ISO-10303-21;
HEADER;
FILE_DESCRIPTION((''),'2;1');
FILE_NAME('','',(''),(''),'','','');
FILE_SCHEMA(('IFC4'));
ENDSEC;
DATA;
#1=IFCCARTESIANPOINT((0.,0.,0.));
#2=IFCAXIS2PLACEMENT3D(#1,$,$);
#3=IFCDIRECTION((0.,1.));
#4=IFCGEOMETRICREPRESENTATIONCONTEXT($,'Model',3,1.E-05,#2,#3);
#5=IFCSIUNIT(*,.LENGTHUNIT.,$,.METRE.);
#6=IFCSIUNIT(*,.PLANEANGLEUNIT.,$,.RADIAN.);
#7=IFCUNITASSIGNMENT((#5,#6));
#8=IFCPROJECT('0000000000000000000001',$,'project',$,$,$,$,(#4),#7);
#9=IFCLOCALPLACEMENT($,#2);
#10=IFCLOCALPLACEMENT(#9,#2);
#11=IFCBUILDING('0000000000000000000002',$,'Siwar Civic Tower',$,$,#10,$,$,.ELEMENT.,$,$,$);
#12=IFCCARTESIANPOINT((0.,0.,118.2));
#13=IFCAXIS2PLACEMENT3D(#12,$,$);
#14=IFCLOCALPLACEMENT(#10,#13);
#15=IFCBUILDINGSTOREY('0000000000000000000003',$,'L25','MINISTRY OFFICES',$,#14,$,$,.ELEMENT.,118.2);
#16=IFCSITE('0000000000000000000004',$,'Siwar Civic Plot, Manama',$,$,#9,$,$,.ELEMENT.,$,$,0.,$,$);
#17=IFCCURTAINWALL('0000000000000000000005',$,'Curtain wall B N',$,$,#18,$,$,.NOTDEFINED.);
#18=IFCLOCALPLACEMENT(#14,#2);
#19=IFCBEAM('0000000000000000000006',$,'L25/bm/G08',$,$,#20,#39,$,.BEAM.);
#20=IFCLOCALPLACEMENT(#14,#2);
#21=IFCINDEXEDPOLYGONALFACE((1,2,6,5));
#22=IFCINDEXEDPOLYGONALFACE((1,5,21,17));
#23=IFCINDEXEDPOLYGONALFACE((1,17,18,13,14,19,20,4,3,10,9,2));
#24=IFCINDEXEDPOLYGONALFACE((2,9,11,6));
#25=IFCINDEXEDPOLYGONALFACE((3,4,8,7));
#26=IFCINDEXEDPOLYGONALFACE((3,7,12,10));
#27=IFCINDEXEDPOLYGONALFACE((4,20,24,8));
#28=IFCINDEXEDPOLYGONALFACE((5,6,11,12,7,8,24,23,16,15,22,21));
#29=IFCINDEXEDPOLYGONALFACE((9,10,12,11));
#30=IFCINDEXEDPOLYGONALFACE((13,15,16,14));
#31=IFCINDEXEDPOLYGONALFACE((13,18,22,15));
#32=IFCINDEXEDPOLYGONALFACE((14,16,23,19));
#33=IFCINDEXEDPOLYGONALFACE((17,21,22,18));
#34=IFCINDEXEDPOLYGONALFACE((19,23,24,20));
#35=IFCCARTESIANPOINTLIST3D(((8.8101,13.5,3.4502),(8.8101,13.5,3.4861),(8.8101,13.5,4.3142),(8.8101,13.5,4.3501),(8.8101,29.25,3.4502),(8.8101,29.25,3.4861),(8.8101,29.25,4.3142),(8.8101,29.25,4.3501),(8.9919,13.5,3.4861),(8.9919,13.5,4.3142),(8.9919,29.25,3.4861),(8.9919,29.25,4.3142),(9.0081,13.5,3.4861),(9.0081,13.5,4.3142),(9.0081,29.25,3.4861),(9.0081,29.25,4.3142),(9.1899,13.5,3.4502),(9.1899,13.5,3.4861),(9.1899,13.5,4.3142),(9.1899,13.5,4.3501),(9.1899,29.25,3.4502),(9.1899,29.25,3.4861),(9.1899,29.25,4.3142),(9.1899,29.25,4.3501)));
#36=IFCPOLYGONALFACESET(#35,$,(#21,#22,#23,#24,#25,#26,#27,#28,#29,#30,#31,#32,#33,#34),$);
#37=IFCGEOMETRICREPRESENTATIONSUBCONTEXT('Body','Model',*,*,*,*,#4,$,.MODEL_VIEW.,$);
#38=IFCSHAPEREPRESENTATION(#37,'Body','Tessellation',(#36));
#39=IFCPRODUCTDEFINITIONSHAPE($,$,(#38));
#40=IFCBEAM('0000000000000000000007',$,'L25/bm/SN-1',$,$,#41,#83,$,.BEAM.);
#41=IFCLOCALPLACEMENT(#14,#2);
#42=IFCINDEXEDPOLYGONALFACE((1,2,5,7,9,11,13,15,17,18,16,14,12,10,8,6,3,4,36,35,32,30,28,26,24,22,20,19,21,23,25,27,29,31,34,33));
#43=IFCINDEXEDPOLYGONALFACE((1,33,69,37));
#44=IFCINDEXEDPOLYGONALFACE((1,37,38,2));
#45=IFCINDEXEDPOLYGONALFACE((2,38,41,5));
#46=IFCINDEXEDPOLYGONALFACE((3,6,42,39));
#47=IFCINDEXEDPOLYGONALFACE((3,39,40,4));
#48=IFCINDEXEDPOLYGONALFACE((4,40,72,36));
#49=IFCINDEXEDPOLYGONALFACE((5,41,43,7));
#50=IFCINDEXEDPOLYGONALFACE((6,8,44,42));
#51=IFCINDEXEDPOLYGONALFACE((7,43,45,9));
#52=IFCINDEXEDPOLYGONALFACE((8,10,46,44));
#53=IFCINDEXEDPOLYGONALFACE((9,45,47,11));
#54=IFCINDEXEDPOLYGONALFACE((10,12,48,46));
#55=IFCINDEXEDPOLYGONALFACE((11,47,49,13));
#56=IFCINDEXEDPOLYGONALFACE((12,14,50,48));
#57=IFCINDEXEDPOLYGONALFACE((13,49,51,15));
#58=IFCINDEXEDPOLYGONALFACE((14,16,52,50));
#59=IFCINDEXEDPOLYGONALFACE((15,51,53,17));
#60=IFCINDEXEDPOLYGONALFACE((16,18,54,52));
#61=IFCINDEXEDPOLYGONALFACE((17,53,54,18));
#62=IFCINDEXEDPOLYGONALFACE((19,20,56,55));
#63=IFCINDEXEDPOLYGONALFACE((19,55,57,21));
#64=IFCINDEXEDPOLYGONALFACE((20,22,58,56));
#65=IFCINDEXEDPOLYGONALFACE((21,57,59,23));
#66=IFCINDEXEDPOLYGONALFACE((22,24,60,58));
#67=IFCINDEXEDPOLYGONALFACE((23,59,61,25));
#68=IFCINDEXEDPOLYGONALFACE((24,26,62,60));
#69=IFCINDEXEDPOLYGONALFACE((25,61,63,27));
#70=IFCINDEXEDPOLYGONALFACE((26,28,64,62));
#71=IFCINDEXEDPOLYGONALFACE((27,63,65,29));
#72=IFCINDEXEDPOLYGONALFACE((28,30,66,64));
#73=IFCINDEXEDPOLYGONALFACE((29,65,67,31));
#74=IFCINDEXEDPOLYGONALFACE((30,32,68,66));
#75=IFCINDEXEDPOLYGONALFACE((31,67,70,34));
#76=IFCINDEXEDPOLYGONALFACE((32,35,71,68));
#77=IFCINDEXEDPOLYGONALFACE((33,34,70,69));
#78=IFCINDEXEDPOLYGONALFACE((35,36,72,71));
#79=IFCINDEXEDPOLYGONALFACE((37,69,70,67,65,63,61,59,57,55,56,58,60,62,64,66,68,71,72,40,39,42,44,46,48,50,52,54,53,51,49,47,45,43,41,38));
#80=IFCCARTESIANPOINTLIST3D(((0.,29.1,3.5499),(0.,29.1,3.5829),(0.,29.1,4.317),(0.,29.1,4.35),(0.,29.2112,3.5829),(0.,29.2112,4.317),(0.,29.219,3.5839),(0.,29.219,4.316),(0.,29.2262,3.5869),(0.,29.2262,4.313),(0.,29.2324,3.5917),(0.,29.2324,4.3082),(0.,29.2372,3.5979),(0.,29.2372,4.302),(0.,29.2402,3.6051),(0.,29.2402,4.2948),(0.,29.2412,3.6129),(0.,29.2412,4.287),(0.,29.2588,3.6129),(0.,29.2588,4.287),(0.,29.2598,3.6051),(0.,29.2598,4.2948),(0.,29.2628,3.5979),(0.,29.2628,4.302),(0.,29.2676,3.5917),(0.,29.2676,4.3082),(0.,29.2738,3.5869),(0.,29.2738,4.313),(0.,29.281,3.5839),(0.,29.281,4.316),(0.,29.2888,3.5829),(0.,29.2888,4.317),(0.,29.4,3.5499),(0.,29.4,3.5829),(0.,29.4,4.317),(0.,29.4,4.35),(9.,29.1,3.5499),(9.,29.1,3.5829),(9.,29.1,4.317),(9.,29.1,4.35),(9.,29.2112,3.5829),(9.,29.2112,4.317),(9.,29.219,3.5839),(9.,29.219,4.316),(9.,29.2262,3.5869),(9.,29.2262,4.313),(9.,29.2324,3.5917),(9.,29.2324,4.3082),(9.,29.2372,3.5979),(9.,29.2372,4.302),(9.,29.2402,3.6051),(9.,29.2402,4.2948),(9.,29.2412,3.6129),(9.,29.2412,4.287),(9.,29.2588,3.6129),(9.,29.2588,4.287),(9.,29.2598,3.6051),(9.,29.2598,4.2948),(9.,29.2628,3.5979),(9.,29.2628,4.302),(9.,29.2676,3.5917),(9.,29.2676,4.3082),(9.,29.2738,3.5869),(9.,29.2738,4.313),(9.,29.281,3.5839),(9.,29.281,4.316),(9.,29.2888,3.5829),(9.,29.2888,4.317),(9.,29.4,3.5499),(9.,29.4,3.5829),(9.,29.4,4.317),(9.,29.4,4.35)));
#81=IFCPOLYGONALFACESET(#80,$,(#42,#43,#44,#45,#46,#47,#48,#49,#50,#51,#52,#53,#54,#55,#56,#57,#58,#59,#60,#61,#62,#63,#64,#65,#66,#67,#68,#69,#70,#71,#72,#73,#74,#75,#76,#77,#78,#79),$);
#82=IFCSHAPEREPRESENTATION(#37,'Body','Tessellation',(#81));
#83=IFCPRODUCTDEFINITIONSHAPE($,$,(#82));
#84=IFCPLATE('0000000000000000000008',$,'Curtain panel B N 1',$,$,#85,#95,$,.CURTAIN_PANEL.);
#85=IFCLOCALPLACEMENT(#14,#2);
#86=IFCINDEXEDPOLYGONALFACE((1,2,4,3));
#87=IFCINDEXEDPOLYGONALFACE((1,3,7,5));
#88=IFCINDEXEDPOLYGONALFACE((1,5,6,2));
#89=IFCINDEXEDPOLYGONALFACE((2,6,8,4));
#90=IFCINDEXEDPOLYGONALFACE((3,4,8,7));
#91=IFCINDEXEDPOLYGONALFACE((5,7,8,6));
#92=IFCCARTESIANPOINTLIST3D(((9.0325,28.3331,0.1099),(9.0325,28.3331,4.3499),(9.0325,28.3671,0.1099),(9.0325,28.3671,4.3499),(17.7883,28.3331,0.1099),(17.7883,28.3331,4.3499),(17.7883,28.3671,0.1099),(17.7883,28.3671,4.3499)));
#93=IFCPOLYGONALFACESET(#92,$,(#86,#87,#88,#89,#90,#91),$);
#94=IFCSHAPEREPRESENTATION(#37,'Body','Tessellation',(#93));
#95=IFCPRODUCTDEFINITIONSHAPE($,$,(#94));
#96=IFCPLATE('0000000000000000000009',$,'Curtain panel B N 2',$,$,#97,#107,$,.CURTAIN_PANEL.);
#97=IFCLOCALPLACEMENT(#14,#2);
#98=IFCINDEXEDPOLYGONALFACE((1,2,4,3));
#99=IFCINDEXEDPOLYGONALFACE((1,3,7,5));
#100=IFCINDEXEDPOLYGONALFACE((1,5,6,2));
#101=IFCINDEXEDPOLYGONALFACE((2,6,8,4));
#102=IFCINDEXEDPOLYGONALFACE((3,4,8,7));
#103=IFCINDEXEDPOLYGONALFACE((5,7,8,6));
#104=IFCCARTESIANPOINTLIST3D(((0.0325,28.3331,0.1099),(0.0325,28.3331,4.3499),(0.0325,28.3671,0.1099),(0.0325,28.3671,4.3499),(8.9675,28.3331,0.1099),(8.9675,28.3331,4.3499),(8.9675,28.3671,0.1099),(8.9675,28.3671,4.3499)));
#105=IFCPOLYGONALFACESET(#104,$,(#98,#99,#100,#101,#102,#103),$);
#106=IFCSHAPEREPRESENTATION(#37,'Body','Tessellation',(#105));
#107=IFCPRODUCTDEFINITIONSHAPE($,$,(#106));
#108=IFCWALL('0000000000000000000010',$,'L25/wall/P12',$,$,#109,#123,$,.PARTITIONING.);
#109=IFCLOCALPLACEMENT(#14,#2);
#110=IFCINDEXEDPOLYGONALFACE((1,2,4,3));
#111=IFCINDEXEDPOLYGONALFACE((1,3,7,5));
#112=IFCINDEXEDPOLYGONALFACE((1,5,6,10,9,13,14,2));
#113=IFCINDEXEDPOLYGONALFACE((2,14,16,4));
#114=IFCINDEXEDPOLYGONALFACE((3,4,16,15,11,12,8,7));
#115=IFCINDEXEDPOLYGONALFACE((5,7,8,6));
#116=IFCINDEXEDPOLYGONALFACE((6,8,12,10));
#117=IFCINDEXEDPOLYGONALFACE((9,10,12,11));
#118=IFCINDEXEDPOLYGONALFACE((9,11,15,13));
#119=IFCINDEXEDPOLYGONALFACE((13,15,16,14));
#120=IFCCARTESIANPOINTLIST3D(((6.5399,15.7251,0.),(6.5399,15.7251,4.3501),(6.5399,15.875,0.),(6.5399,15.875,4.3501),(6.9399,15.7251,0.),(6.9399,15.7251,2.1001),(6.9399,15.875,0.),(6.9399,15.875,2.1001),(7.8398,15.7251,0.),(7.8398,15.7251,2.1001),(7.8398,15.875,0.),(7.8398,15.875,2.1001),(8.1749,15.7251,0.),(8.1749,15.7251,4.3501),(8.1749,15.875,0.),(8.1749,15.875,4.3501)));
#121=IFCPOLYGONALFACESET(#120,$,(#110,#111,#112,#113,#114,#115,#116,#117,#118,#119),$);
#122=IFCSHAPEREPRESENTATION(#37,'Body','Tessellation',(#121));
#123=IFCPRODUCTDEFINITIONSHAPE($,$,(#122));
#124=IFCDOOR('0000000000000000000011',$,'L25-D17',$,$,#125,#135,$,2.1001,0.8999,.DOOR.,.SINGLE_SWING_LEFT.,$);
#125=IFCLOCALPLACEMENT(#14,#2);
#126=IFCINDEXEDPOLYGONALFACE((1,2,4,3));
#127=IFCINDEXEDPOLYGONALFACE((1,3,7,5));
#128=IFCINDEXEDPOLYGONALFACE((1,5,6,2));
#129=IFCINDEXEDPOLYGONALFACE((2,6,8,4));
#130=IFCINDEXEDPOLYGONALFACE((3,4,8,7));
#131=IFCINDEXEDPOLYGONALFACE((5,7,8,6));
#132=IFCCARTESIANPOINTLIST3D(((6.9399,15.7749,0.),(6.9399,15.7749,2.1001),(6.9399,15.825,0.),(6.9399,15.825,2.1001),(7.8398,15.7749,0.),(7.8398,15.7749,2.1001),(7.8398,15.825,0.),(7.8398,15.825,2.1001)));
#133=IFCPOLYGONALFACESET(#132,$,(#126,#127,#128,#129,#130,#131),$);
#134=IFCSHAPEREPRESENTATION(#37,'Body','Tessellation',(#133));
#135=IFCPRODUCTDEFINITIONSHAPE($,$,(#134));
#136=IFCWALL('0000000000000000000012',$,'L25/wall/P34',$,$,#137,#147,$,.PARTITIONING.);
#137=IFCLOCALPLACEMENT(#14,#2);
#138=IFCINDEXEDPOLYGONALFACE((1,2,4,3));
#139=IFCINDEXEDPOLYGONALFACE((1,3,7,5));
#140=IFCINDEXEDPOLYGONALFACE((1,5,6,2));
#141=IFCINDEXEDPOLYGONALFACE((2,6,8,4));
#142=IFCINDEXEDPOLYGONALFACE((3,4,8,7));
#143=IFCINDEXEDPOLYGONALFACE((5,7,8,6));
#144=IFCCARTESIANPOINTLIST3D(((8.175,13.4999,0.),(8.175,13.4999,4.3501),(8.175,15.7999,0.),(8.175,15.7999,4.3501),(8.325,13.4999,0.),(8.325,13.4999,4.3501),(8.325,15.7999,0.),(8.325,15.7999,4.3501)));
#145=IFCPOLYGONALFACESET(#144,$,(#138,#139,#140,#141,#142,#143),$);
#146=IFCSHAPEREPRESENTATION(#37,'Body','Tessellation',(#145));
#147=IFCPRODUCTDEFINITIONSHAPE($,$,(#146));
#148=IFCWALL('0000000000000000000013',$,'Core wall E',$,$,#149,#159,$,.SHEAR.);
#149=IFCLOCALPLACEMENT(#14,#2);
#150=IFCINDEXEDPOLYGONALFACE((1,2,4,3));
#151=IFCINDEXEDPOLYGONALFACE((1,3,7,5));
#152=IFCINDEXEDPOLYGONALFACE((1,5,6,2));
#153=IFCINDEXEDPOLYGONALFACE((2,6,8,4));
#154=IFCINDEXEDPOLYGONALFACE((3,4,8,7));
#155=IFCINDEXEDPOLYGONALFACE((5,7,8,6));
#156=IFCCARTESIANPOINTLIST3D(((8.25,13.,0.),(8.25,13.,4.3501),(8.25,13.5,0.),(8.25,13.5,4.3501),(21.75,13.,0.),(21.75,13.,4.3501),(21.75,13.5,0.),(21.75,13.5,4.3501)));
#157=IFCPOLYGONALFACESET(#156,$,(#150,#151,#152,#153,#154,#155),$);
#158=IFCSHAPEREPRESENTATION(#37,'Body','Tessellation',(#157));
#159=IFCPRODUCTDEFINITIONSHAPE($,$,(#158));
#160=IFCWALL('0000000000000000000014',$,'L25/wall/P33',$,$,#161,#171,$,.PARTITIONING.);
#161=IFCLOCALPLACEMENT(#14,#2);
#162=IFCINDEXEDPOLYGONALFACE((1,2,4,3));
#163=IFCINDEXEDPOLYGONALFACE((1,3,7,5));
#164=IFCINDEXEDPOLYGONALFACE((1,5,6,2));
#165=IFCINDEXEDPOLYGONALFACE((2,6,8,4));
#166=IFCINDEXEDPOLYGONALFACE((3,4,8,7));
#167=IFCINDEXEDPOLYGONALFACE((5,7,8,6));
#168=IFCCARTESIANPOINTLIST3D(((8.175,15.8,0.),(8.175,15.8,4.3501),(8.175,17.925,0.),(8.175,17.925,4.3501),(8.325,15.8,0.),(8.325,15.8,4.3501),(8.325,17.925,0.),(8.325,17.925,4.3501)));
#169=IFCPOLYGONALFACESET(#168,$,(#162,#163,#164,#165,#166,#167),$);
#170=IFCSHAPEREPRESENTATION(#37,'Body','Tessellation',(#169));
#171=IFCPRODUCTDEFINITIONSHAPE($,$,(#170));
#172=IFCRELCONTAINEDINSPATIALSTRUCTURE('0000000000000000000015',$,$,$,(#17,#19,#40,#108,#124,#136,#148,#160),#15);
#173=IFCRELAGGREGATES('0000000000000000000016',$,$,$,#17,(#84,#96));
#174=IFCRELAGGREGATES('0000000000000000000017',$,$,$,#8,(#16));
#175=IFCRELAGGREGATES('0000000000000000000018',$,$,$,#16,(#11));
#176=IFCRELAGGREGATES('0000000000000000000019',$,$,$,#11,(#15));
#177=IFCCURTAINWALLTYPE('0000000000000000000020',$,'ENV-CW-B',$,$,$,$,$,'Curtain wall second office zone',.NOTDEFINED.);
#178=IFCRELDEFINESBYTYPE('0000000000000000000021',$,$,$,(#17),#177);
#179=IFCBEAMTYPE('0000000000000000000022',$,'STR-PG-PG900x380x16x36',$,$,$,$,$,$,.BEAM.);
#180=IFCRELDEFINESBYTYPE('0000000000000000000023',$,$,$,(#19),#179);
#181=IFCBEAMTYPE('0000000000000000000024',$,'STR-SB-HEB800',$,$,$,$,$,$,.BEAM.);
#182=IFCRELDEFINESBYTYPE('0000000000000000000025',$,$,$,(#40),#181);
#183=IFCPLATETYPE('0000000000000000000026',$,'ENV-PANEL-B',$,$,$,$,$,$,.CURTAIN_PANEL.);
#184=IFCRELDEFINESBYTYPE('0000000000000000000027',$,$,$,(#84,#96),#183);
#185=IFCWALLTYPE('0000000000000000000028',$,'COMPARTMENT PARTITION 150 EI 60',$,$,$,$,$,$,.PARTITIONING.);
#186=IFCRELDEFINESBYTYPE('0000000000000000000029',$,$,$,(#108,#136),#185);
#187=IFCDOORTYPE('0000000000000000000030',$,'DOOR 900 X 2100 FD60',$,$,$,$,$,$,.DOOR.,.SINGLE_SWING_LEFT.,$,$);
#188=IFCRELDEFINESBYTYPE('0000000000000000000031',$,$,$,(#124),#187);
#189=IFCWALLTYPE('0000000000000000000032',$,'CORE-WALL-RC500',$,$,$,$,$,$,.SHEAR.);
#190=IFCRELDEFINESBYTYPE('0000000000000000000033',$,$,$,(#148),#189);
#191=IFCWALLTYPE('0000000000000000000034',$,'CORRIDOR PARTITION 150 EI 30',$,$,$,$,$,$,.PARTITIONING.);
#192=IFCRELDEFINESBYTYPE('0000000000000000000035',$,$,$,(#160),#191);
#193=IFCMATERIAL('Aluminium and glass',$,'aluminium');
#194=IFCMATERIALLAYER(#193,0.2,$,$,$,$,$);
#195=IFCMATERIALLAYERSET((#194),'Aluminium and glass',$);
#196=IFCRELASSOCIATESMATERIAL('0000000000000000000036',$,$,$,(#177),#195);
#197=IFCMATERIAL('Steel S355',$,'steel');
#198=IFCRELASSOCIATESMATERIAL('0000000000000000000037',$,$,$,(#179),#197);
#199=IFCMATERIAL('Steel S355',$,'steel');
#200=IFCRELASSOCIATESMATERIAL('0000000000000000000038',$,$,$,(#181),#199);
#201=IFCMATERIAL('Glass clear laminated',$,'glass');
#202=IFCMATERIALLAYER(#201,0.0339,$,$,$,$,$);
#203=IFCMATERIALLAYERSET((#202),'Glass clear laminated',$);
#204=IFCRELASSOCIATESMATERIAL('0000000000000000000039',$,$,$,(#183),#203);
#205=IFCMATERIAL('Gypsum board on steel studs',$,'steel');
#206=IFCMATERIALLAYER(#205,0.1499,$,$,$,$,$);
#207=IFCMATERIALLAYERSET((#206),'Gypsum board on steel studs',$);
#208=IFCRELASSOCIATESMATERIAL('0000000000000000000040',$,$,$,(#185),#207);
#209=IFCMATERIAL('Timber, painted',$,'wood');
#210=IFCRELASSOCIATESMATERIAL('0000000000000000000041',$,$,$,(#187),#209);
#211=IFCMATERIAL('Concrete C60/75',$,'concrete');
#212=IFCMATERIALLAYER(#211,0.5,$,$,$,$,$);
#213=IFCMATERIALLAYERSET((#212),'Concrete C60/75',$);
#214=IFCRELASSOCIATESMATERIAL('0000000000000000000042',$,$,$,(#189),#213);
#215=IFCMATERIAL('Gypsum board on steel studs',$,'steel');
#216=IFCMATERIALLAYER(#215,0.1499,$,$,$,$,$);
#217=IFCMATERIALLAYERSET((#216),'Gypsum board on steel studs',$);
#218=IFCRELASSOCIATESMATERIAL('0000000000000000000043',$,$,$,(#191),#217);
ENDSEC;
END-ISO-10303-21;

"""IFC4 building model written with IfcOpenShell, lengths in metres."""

from ifc_helpers import new_model, si_unit, direction, frame, frame_2d, origin, origin_2d, place, context, subcontext, project, spatial, rectangle, i_section, extrude, material, layer, layer_set, material_profile, profile_set, type_object, element, fill, aggregate, save


model = new_model("IFC4")

# Units and contexts
model_context = context("Model", 3, precision=1e-05, world=origin(), true_north=direction((0.0, 1.0)))
body_context = subcontext(model_context, "Body", "Model", "MODEL_VIEW")
ifc_project = project(units=[si_unit("LENGTHUNIT", "METRE"), si_unit("PLANEANGLEUNIT", "RADIAN")], contexts=[model_context])

# Site, building, storey
site_placement = place(None, origin())
site = spatial("IfcSite", under=ifc_project, at=site_placement, Name="Siwar Civic Plot, Manama", CompositionType="ELEMENT", RefElevation=0.0)
building_placement = place(site_placement, origin())
building = spatial("IfcBuilding", under=site, at=building_placement, Name="Siwar Civic Tower", CompositionType="ELEMENT")
storey_placement = place(building_placement, frame((0.0, 0.0, 118.2)))
storey = spatial("IfcBuildingStorey", under=building, at=storey_placement, Name="L25", Description="MINISTRY OFFICES", CompositionType="ELEMENT", Elevation=118.2)

# Curtain wall
ifc_material_1 = material(Name="Aluminium and glass", Category="aluminium")
ifc_layer_1 = layer(ifc_material_1, 0.2)
ifc_layer_set_1 = layer_set([ifc_layer_1], Name="Aluminium and glass")
curtain_wall_type = type_object("IfcCurtainWallType", Name="ENV-CW-B", ElementType="Curtain wall second office zone", PredefinedType="NOTDEFINED", material=ifc_layer_set_1)
curtain_wall_placement = place(storey_placement, origin())
curtain_wall = element("IfcCurtainWall", 1, at=curtain_wall_placement, inside=storey, type_object=curtain_wall_type, Name="Curtain wall B N", PredefinedType="NOTDEFINED")

# Beams
ifc_material_2 = material(Name="Steel S355", Category="steel")
ifc_material_profile_1 = material_profile(ifc_material_2, i_section(OverallWidth=0.3799, OverallDepth=0.8999, WebThickness=0.0161, FlangeThickness=0.0359, at=origin_2d()), Name="PG900x380x16x36")
ifc_profile_set_1 = profile_set([ifc_material_profile_1], Name="Steel S355")
beam_type_1 = type_object("IfcBeamType", Name="STR-PG-PG900x380x16x36", PredefinedType="BEAM", material=ifc_profile_set_1)
beam_1_placement = place(storey_placement, frame((9.0, 13.5, 3.9001), z_axis=(0.0, 1.0, 0.0), x_axis=(-1.0, 0.0, 0.0)))
element("IfcBeam", 2, at=beam_1_placement, inside=storey, type_object=beam_type_1, Name="L25/bm/G08", PredefinedType="BEAM", context=body_context, shape_type="SweptSolid", body=[
    extrude(i_section(OverallWidth=0.3799, OverallDepth=0.8999, WebThickness=0.0161, FlangeThickness=0.0359, at=origin_2d()), origin(), (0.0, 0.0, 1.0), 15.75),
])
ifc_material_3 = material(Name="Steel S355", Category="steel")
ifc_material_profile_2 = material_profile(ifc_material_3, i_section(OverallWidth=0.3, OverallDepth=0.8, WebThickness=0.0176, FlangeThickness=0.033, FilletRadius=0.03, at=origin_2d()), Name="HEB800")
ifc_profile_set_2 = profile_set([ifc_material_profile_2], Name="Steel S355")
beam_type_2 = type_object("IfcBeamType", Name="STR-SB-HEB800", PredefinedType="BEAM", material=ifc_profile_set_2)
beam_2_placement = place(storey_placement, frame((9.0, 29.25, 3.95), z_axis=(-1.0, 0.0, 0.0), x_axis=(0.0, -1.0, 0.0)))
element("IfcBeam", 3, at=beam_2_placement, inside=storey, type_object=beam_type_2, Name="L25/bm/SN-1", PredefinedType="BEAM", context=body_context, shape_type="SweptSolid", body=[
    extrude(i_section(OverallWidth=0.3, OverallDepth=0.8, WebThickness=0.0176, FlangeThickness=0.033, FilletRadius=0.03, at=origin_2d()), origin(), (0.0, 0.0, 1.0), 9.0),
])

# Plates
ifc_material_4 = material(Name="Glass clear laminated", Category="glass")
ifc_layer_2 = layer(ifc_material_4, 0.0339)
ifc_layer_set_2 = layer_set([ifc_layer_2], Name="Glass clear laminated")
plate_type = type_object("IfcPlateType", Name="ENV-PANEL-B", PredefinedType="CURTAIN_PANEL", material=ifc_layer_set_2)
plate_1_placement = place(storey_placement, frame((13.4104, 28.3501, 0.1099), z_axis=(0.0, 0.0, 1.0), x_axis=(-1.0, 0.0, 0.0)))
plate_1 = element("IfcPlate", 4, at=plate_1_placement, type_object=plate_type, Name="Curtain panel B N 1", PredefinedType="CURTAIN_PANEL", context=body_context, shape_type="SweptSolid", body=[
    extrude(rectangle(XDim=8.7559, YDim=0.0339, at=origin_2d()), origin(), (0.0, 0.0, 1.0), 4.24),
])
plate_2_placement = place(storey_placement, frame((4.5, 28.3501, 0.1099), z_axis=(0.0, 0.0, 1.0), x_axis=(-1.0, 0.0, 0.0)))
plate_2 = element("IfcPlate", 5, at=plate_2_placement, type_object=plate_type, Name="Curtain panel B N 2", PredefinedType="CURTAIN_PANEL", context=body_context, shape_type="SweptSolid", body=[
    extrude(rectangle(XDim=8.9351, YDim=0.0339, at=origin_2d()), origin(), (0.0, 0.0, 1.0), 4.24),
])
aggregate(curtain_wall, [plate_1, plate_2])

# Wall, opening, door
ifc_material_5 = material(Name="Gypsum board on steel studs", Category="steel")
ifc_layer_3 = layer(ifc_material_5, 0.1499)
ifc_layer_set_3 = layer_set([ifc_layer_3], Name="Gypsum board on steel studs")
wall_type_1 = type_object("IfcWallType", Name="COMPARTMENT PARTITION 150 EI 60", PredefinedType="PARTITIONING", material=ifc_layer_set_3)
wall_1_placement = place(storey_placement, frame((6.54, 15.8, 0.0), z_axis=(0.0, 0.0, 1.0), x_axis=(1.0, 0.0, 0.0)))
wall_1 = element("IfcWall", 6, at=wall_1_placement, inside=storey, type_object=wall_type_1, Name="L25/wall/P12", PredefinedType="PARTITIONING", context=body_context, shape_type="SweptSolid", body=[
    extrude(rectangle(XDim=1.635, YDim=0.1499, at=frame_2d((0.8174, 0.0))), origin(), (0.0, 0.0, 1.0), 4.3501),
])
opening_placement = place(wall_1_placement, frame((0.3999, 0.0, 0.0)))
opening = element("IfcOpeningElement", 7, at=opening_placement, cuts=wall_1, PredefinedType="OPENING", context=body_context, shape_type="SweptSolid", body=[
    extrude(rectangle(XDim=0.8999, YDim=2.1001, at=frame_2d((0.45, 1.05))), frame((0.0, 0.085, 0.0), z_axis=(0.0, -1.0, 0.0), x_axis=(1.0, 0.0, 0.0)), (0.0, 0.0, 1.0), 0.1699),
])
ifc_material_6 = material(Name="Timber, painted", Category="wood")
door_type = type_object("IfcDoorType", Name="DOOR 900 X 2100 FD60", OperationType="SINGLE_SWING_LEFT", PredefinedType="DOOR", material=ifc_material_6)
door_placement = place(opening_placement, origin())
door = element("IfcDoor", 8, at=door_placement, inside=storey, type_object=door_type, Name="L25-D17", OperationType="SINGLE_SWING_LEFT", OverallHeight=2.1001, OverallWidth=0.8999, PredefinedType="DOOR", context=body_context, shape_type="SweptSolid", body=[
    extrude(rectangle(XDim=0.8999, YDim=2.1001, at=frame_2d((0.45, 1.05))), frame((0.0, 0.0249, 0.0), z_axis=(0.0, -1.0, 0.0), x_axis=(1.0, 0.0, 0.0)), (0.0, 0.0, 1.0), 0.05),
])
fill(opening, door)

# Walls
wall_2_placement = place(storey_placement, frame((8.25, 13.5, 0.0), z_axis=(0.0, 0.0, 1.0), x_axis=(0.0, 1.0, 0.0)))
element("IfcWall", 9, at=wall_2_placement, inside=storey, type_object=wall_type_1, Name="L25/wall/P34", PredefinedType="PARTITIONING", context=body_context, shape_type="SweptSolid", body=[
    extrude(rectangle(XDim=2.3, YDim=0.1499, at=frame_2d((1.1499, 0.0))), origin(), (0.0, 0.0, 1.0), 4.3501),
])
ifc_material_7 = material(Name="Concrete C60/75", Category="concrete")
ifc_layer_4 = layer(ifc_material_7, 0.5)
ifc_layer_set_4 = layer_set([ifc_layer_4], Name="Concrete C60/75")
wall_type_2 = type_object("IfcWallType", Name="CORE-WALL-RC500", PredefinedType="SHEAR", material=ifc_layer_set_4)
wall_3_placement = place(storey_placement, frame((8.25, 13.25, 0.0), z_axis=(0.0, 0.0, 1.0), x_axis=(1.0, 0.0, 0.0)))
element("IfcWall", 10, at=wall_3_placement, inside=storey, type_object=wall_type_2, Name="Core wall E", PredefinedType="SHEAR", context=body_context, shape_type="SweptSolid", body=[
    extrude(rectangle(XDim=13.5, YDim=0.5, at=frame_2d((6.75, 0.0))), origin(), (0.0, 0.0, 1.0), 4.3501),
])
ifc_material_8 = material(Name="Gypsum board on steel studs", Category="steel")
ifc_layer_5 = layer(ifc_material_8, 0.1499)
ifc_layer_set_5 = layer_set([ifc_layer_5], Name="Gypsum board on steel studs")
wall_type_3 = type_object("IfcWallType", Name="CORRIDOR PARTITION 150 EI 30", PredefinedType="PARTITIONING", material=ifc_layer_set_5)
wall_4_placement = place(storey_placement, frame((8.25, 15.8, 0.0), z_axis=(0.0, 0.0, 1.0), x_axis=(0.0, 1.0, 0.0)))
element("IfcWall", 11, at=wall_4_placement, inside=storey, type_object=wall_type_3, Name="L25/wall/P33", PredefinedType="PARTITIONING", context=body_context, shape_type="SweptSolid", body=[
    extrude(rectangle(XDim=2.125, YDim=0.1499, at=frame_2d((1.0625, 0.0))), origin(), (0.0, 0.0, 1.0), 4.3501),
])

save(model, "model.ifc")
